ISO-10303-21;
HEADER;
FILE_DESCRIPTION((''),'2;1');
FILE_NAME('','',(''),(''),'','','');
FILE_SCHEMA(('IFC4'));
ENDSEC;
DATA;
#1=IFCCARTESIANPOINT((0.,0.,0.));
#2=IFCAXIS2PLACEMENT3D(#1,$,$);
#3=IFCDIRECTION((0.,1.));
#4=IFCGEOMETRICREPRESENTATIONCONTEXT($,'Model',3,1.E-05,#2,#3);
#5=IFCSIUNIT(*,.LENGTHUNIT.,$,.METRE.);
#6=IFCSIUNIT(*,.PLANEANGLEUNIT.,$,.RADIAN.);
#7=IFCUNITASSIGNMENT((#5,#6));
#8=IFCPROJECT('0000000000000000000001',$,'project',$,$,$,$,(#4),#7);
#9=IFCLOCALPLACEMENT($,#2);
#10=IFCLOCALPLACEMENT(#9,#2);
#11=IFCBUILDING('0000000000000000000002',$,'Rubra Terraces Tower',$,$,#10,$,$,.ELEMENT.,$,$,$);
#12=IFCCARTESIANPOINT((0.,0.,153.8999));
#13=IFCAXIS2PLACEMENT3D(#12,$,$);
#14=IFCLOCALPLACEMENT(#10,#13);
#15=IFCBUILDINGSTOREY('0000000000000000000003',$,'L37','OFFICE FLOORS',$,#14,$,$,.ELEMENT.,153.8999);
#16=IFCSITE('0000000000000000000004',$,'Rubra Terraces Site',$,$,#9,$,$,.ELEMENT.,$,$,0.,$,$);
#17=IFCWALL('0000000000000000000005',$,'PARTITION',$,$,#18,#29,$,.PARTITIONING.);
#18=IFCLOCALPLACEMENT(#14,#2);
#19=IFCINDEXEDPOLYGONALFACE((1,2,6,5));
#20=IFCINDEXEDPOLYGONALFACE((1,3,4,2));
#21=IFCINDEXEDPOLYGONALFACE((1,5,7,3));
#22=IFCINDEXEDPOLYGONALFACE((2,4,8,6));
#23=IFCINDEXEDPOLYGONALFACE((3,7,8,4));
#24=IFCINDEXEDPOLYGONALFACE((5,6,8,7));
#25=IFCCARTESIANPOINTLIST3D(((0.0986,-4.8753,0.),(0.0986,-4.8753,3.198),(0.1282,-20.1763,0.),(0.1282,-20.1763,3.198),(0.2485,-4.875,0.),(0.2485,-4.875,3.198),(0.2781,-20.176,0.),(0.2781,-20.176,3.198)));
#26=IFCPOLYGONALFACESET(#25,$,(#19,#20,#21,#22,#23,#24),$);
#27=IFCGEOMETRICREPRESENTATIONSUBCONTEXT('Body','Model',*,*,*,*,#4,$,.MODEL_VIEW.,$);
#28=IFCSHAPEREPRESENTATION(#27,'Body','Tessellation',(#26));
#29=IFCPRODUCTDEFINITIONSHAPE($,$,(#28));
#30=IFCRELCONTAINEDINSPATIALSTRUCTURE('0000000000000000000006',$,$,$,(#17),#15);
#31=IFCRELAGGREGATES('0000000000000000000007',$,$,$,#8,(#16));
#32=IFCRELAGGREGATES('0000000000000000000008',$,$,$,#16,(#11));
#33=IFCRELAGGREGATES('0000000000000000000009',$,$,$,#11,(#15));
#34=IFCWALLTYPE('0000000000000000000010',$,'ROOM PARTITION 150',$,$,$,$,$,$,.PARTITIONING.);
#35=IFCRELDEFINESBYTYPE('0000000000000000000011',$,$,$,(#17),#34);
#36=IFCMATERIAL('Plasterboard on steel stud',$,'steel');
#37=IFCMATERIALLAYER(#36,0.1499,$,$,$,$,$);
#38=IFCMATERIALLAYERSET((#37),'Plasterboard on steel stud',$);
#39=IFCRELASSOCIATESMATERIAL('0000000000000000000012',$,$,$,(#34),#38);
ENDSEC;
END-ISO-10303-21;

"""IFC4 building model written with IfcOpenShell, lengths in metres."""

from ifc_helpers import new_model, si_unit, direction, frame, frame_2d, origin, place, context, subcontext, project, spatial, rectangle, extrude, material, layer, layer_set, type_object, element, save


model = new_model("IFC4")

# Units and contexts
model_context = context("Model", 3, precision=1e-05, world=origin(), true_north=direction((0.0, 1.0)))
body_context = subcontext(model_context, "Body", "Model", "MODEL_VIEW")
ifc_project = project(units=[si_unit("LENGTHUNIT", "METRE"), si_unit("PLANEANGLEUNIT", "RADIAN")], contexts=[model_context])

# Site, building, storey
site_placement = place(None, origin())
site = spatial("IfcSite", under=ifc_project, at=site_placement, Name="Rubra Terraces Site", CompositionType="ELEMENT", RefElevation=0.0)
building_placement = place(site_placement, origin())
building = spatial("IfcBuilding", under=site, at=building_placement, Name="Rubra Terraces Tower", CompositionType="ELEMENT")
storey_placement = place(building_placement, frame((0.0, 0.0, 153.8999)))
storey = spatial("IfcBuildingStorey", under=building, at=storey_placement, Name="L37", Description="OFFICE FLOORS", CompositionType="ELEMENT", Elevation=153.8999)

# Wall
ifc_material_1 = material(Name="Plasterboard on steel stud", Category="steel")
ifc_layer_1 = layer(ifc_material_1, 0.1499)
ifc_layer_set_1 = layer_set([ifc_layer_1], Name="Plasterboard on steel stud")
wall_type_1 = type_object("IfcWallType", Name="ROOM PARTITION 150", PredefinedType="PARTITIONING", material=ifc_layer_set_1)
wall_1_placement = place(storey_placement, frame((0.2031, -20.176, 0.0), z_axis=(0.0, 0.0, 1.0), x_axis=(-0.001931, 0.999998, 0.0)))
element("IfcWall", 1, at=wall_1_placement, inside=storey, type_object=wall_type_1, Name="PARTITION", PredefinedType="PARTITIONING", context=body_context, shape_type="SweptSolid", body=[
    extrude(rectangle(XDim=15.301, YDim=0.1499, at=frame_2d((7.6504, 0.0))), origin(), (0.0, 0.0, 1.0), 3.198),
])

save(model, "model.ifc")
